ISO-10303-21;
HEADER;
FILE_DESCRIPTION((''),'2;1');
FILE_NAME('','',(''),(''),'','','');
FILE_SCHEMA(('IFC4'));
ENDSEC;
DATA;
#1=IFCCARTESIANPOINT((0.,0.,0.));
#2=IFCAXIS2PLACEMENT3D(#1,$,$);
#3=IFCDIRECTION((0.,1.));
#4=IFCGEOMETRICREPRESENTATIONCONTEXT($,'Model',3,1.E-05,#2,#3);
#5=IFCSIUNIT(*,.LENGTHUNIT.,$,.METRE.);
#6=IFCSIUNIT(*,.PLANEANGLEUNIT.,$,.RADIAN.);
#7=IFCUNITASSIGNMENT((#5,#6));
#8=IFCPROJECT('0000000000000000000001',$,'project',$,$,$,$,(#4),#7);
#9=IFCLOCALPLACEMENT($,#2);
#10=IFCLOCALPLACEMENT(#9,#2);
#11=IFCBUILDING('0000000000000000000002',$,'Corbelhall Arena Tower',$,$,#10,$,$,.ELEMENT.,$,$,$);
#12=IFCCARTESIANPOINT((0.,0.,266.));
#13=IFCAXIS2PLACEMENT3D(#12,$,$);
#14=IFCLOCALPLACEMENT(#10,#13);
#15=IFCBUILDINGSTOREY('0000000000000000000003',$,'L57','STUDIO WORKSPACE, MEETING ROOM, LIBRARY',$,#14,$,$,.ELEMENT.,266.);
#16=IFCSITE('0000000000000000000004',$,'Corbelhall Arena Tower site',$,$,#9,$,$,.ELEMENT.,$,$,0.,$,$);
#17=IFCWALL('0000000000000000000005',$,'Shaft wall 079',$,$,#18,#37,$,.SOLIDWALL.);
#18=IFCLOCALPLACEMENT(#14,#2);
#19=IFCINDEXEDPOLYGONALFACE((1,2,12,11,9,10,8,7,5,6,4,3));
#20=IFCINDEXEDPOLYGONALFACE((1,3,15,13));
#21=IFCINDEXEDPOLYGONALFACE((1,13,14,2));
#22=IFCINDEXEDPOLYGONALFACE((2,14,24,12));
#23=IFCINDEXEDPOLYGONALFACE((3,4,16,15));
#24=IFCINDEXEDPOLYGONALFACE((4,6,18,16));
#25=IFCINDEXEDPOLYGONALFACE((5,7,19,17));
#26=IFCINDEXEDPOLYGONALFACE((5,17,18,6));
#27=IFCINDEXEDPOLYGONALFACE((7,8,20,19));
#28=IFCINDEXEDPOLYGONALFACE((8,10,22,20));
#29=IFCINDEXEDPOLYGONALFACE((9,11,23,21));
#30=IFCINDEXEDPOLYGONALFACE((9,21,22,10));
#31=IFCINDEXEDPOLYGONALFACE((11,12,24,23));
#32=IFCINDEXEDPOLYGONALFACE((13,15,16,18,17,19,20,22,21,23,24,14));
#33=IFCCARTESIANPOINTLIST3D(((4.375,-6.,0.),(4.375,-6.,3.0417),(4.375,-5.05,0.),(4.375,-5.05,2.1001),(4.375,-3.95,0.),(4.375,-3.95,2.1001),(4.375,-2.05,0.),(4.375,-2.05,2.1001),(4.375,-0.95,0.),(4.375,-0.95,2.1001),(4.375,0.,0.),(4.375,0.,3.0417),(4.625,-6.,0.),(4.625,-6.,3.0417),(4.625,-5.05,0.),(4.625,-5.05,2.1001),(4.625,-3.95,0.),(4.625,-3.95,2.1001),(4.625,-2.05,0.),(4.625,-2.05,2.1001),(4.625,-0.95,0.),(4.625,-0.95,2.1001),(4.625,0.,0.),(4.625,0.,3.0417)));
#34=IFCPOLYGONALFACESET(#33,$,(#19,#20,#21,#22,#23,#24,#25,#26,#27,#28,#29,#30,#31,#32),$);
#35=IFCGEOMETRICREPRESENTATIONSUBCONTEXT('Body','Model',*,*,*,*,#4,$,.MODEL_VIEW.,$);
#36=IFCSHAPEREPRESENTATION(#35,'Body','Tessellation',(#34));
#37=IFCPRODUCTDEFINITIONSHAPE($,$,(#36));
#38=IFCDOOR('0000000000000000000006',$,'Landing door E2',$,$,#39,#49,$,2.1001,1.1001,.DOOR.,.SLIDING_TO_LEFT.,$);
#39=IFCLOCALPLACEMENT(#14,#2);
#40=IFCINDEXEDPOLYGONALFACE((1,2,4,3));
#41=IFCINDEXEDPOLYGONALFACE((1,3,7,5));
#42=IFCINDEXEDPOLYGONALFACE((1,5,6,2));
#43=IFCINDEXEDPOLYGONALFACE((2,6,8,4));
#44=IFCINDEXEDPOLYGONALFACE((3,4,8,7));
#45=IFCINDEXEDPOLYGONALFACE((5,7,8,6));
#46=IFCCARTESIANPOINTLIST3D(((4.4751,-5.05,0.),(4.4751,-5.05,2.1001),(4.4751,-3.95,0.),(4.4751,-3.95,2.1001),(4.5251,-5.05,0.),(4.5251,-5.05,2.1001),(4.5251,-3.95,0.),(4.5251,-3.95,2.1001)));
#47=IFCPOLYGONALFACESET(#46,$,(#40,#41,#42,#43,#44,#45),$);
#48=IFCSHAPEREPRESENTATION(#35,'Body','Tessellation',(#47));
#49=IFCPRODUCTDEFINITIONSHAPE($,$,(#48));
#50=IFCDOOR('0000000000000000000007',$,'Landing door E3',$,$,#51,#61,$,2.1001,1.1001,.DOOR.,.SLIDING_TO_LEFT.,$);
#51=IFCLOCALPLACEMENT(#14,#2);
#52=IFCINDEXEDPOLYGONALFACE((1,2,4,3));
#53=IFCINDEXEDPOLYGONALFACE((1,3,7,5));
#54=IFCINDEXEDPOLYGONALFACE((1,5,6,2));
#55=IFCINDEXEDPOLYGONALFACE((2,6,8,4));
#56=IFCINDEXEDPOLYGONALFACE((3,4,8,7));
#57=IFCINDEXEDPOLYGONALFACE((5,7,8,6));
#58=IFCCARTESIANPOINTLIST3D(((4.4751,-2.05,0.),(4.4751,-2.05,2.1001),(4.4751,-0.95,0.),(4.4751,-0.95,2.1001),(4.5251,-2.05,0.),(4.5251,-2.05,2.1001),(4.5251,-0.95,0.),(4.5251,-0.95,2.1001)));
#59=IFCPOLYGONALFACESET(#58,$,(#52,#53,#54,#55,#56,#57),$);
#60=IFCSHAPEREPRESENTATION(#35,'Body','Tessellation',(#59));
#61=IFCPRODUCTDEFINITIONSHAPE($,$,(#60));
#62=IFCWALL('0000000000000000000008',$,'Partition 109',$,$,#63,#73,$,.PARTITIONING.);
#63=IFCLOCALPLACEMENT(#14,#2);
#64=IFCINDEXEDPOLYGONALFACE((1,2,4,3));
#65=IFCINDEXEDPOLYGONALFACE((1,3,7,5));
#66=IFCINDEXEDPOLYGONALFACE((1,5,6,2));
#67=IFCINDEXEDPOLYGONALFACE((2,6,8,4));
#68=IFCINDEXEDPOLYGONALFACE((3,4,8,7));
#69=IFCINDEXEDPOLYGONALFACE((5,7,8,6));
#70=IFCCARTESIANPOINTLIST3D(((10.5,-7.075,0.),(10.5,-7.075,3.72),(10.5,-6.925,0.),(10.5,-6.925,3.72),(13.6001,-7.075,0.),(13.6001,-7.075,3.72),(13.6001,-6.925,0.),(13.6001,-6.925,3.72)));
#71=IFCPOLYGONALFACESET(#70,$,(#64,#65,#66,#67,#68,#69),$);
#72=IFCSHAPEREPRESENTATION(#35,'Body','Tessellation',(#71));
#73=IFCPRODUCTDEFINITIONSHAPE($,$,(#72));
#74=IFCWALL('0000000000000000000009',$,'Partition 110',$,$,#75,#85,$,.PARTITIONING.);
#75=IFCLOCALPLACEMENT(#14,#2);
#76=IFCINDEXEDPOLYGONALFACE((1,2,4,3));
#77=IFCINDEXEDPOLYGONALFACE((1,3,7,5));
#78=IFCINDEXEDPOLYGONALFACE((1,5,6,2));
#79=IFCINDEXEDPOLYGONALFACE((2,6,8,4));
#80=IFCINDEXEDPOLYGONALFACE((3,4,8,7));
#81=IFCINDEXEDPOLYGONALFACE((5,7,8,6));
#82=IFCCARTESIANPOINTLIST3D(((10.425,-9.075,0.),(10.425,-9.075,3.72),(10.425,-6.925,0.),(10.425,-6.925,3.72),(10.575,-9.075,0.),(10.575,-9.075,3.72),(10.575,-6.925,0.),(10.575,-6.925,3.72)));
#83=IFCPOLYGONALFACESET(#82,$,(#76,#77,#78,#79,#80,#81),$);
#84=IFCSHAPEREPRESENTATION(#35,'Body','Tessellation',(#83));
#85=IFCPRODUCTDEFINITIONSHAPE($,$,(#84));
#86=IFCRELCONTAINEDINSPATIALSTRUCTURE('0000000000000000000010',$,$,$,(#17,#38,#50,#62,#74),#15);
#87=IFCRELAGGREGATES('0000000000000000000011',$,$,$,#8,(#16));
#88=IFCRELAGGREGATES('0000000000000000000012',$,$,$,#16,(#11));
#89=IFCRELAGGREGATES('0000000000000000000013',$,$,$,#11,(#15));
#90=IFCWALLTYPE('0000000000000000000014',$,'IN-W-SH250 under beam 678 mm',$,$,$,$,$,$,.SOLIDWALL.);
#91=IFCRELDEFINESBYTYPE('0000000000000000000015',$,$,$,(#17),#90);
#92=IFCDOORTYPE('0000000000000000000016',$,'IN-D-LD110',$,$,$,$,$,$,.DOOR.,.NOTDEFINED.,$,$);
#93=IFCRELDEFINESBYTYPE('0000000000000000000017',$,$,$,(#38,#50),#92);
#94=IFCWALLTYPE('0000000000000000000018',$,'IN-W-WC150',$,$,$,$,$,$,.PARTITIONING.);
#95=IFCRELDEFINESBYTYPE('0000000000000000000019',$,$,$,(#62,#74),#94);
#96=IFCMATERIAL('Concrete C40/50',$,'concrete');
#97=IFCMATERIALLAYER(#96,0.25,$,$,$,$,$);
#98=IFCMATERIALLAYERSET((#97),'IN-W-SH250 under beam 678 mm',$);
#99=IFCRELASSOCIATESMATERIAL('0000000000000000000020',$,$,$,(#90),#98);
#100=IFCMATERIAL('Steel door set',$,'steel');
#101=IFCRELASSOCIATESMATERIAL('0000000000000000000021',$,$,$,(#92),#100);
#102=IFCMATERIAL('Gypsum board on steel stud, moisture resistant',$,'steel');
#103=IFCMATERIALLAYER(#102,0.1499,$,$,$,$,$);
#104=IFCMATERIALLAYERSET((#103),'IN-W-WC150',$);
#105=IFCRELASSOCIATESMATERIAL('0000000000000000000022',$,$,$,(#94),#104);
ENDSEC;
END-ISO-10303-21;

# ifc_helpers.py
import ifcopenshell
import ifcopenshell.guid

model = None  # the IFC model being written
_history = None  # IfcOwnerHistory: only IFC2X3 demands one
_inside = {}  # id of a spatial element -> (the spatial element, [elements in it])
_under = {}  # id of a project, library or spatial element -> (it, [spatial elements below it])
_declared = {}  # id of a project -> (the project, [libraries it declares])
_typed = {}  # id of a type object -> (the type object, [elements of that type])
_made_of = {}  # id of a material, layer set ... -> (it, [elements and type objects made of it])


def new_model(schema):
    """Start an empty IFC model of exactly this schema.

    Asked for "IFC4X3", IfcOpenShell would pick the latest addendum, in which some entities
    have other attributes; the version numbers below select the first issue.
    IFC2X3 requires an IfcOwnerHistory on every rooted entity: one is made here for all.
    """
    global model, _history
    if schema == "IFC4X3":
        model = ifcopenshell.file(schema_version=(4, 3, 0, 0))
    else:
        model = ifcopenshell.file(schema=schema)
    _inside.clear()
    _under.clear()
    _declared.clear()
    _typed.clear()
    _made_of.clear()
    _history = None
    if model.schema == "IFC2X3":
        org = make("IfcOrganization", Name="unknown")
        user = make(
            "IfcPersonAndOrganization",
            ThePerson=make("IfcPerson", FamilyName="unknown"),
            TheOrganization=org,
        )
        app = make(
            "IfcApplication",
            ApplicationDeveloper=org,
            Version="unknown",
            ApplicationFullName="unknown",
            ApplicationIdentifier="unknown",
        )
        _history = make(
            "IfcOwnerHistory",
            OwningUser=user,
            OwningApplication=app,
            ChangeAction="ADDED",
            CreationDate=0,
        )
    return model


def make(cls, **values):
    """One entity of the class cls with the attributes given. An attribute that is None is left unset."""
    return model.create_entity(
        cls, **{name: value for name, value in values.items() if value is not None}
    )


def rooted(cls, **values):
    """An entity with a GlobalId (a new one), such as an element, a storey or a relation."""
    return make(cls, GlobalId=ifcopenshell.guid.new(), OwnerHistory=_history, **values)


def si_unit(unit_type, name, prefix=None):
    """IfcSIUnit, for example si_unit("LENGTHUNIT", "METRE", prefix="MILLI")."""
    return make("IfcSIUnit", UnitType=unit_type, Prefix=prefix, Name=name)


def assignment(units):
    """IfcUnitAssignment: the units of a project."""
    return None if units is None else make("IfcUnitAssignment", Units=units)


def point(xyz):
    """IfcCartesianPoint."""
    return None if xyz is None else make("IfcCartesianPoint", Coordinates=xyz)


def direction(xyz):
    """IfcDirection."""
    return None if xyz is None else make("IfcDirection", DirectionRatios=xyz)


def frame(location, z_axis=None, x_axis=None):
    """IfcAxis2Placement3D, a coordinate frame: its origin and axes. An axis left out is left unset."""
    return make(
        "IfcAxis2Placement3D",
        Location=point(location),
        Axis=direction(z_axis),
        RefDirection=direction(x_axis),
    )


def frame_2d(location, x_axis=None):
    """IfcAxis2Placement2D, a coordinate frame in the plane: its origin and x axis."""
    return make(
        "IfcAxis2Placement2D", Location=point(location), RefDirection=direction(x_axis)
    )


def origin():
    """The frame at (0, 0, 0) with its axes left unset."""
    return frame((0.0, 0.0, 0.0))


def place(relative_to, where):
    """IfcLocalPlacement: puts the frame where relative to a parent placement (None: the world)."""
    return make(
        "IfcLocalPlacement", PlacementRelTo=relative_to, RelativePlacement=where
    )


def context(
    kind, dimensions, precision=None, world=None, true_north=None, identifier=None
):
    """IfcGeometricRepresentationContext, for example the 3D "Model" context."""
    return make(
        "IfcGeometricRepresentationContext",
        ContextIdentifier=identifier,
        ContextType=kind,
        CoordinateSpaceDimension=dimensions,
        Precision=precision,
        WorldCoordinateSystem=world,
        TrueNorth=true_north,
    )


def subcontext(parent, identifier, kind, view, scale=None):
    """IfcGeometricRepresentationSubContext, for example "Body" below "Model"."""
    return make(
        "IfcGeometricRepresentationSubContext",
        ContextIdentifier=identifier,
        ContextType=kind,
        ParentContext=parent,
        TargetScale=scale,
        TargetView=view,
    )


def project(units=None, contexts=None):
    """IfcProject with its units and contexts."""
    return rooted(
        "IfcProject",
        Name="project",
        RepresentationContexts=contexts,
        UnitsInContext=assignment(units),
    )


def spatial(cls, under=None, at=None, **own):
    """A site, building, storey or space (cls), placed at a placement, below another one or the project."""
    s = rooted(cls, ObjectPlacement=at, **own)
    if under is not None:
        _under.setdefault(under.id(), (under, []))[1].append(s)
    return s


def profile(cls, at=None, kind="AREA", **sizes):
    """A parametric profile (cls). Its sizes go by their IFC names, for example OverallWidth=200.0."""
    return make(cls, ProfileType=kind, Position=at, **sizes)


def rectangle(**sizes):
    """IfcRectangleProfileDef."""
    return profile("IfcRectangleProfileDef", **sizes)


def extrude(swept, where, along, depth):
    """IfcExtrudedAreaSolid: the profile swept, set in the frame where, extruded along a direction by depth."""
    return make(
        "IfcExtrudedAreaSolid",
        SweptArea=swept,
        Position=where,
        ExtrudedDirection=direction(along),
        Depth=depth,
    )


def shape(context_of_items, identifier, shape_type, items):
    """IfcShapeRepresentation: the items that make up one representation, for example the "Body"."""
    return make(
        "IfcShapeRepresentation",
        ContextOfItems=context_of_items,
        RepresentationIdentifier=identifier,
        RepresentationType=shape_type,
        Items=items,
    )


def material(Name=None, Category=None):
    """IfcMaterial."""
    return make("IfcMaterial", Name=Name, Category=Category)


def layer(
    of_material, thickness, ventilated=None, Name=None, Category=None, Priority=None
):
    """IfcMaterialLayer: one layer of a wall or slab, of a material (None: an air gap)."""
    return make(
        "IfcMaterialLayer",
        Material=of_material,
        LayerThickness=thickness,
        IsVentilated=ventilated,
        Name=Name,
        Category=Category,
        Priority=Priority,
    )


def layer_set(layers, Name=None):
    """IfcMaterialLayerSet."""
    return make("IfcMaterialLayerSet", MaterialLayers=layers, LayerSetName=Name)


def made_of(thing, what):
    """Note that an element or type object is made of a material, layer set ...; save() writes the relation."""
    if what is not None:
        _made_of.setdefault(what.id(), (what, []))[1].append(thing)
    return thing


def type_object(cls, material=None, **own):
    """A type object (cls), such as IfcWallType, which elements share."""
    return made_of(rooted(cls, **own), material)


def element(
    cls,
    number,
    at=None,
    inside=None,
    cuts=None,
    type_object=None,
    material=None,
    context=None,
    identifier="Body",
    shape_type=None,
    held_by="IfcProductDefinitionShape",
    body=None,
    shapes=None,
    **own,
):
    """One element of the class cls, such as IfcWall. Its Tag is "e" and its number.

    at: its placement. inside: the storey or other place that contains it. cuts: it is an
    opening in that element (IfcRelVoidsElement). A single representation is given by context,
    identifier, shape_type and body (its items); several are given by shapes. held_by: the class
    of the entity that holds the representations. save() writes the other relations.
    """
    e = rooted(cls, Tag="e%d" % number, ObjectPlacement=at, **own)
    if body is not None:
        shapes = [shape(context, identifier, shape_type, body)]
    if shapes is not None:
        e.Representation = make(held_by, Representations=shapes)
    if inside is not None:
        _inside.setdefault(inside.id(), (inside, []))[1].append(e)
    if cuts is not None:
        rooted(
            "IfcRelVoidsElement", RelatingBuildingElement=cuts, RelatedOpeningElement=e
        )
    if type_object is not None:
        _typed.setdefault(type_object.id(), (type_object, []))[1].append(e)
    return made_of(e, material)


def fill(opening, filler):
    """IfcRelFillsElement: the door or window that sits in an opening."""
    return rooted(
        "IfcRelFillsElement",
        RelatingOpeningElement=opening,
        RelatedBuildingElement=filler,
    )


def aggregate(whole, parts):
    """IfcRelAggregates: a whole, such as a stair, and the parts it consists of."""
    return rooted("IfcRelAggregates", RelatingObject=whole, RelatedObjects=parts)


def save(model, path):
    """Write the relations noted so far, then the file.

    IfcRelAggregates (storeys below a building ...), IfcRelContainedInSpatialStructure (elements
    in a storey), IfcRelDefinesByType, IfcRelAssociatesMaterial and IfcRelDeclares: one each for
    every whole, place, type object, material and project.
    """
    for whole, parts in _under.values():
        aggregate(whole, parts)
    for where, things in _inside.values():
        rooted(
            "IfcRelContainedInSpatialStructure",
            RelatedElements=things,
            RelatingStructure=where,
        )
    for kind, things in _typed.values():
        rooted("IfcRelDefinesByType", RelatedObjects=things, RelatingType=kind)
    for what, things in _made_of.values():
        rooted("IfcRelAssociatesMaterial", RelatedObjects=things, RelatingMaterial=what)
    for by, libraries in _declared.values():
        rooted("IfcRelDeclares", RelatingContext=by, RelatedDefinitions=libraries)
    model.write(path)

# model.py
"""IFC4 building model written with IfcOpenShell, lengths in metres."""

from ifc_helpers import new_model, si_unit, direction, frame, frame_2d, origin, place, context, subcontext, project, spatial, rectangle, extrude, material, layer, layer_set, type_object, element, fill, save


model = new_model("IFC4")

# Units and contexts
model_context = context("Model", 3, precision=1e-05, world=origin(), true_north=direction((0.0, 1.0)))
body_context = subcontext(model_context, "Body", "Model", "MODEL_VIEW")
ifc_project = project(units=[si_unit("LENGTHUNIT", "METRE"), si_unit("PLANEANGLEUNIT", "RADIAN")], contexts=[model_context])

# Site, building, storey
site_placement = place(None, origin())
site = spatial("IfcSite", under=ifc_project, at=site_placement, Name="Corbelhall Arena Tower site", CompositionType="ELEMENT", RefElevation=0.0)
building_placement = place(site_placement, origin())
building = spatial("IfcBuilding", under=site, at=building_placement, Name="Corbelhall Arena Tower", CompositionType="ELEMENT")
storey_placement = place(building_placement, frame((0.0, 0.0, 266.0)))
storey = spatial("IfcBuildingStorey", under=building, at=storey_placement, Name="L57", Description="STUDIO WORKSPACE, MEETING ROOM, LIBRARY", CompositionType="ELEMENT", Elevation=266.0)

# Shared definitions
ifc_material_1 = material(Name="Concrete C40/50", Category="concrete")

# Shared definitions
ifc_material_2 = material(Name="Steel door set", Category="steel")

# Wall, openings, doors
ifc_layer_1 = layer(ifc_material_1, 0.25)
ifc_layer_set_1 = layer_set([ifc_layer_1], Name="IN-W-SH250 under beam 678 mm")
wall_type_1 = type_object("IfcWallType", Name="IN-W-SH250 under beam 678 mm", PredefinedType="SOLIDWALL", material=ifc_layer_set_1)
wall_1_placement = place(storey_placement, frame((4.5, -6.0, 0.0), z_axis=(0.0, 0.0, 1.0), x_axis=(0.0, 1.0, 0.0)))
wall_1 = element("IfcWall", 1, at=wall_1_placement, inside=storey, type_object=wall_type_1, Name="Shaft wall 079", PredefinedType="SOLIDWALL", context=body_context, shape_type="SweptSolid", body=[
    extrude(rectangle(XDim=6.0, YDim=0.25, at=frame_2d((3.0, 0.0))), origin(), (0.0, 0.0, 1.0), 3.0417),
])
opening_1_placement = place(wall_1_placement, frame((0.95, 0.0, 0.0)))
opening_1 = element("IfcOpeningElement", 2, at=opening_1_placement, cuts=wall_1, PredefinedType="OPENING", context=body_context, shape_type="SweptSolid", body=[
    extrude(rectangle(XDim=1.1001, YDim=2.1001, at=frame_2d((0.55, 1.05))), frame((0.0, 0.125, 0.0), z_axis=(0.0, -1.0, 0.0), x_axis=(1.0, 0.0, 0.0)), (0.0, 0.0, 1.0), 0.25),
])
opening_2_placement = place(wall_1_placement, frame((3.95, 0.0, 0.0)))
opening_2 = element("IfcOpeningElement", 3, at=opening_2_placement, cuts=wall_1, PredefinedType="OPENING", context=body_context, shape_type="SweptSolid", body=[
    extrude(rectangle(XDim=1.1001, YDim=2.1001, at=frame_2d((0.55, 1.05))), frame((0.0, 0.125, 0.0), z_axis=(0.0, -1.0, 0.0), x_axis=(1.0, 0.0, 0.0)), (0.0, 0.0, 1.0), 0.25),
])
door_type_1 = type_object("IfcDoorType", Name="IN-D-LD110", OperationType="NOTDEFINED", PredefinedType="DOOR", material=ifc_material_2)
door_1_placement = place(opening_1_placement, origin())
door_1 = element("IfcDoor", 4, at=door_1_placement, inside=storey, type_object=door_type_1, Name="Landing door E2", OperationType="SLIDING_TO_LEFT", OverallHeight=2.1001, OverallWidth=1.1001, PredefinedType="DOOR", context=body_context, shape_type="SweptSolid", body=[
    extrude(rectangle(XDim=1.1001, YDim=2.1001, at=frame_2d((0.55, 1.05))), frame((0.0, 0.0249, 0.0), z_axis=(0.0, -1.0, 0.0), x_axis=(1.0, 0.0, 0.0)), (0.0, 0.0, 1.0), 0.05),
])
fill(opening_1, door_1)
door_2_placement = place(opening_2_placement, origin())
door_2 = element("IfcDoor", 5, at=door_2_placement, inside=storey, type_object=door_type_1, Name="Landing door E3", OperationType="SLIDING_TO_LEFT", OverallHeight=2.1001, OverallWidth=1.1001, PredefinedType="DOOR", context=body_context, shape_type="SweptSolid", body=[
    extrude(rectangle(XDim=1.1001, YDim=2.1001, at=frame_2d((0.55, 1.05))), frame((0.0, 0.0249, 0.0), z_axis=(0.0, -1.0, 0.0), x_axis=(1.0, 0.0, 0.0)), (0.0, 0.0, 1.0), 0.05),
])
fill(opening_2, door_2)

# Walls
ifc_material_3 = material(Name="Gypsum board on steel stud, moisture resistant", Category="steel")
ifc_layer_2 = layer(ifc_material_3, 0.1499)
ifc_layer_set_2 = layer_set([ifc_layer_2], Name="IN-W-WC150")
wall_type_2 = type_object("IfcWallType", Name="IN-W-WC150", PredefinedType="PARTITIONING", material=ifc_layer_set_2)
wall_2_placement = place(storey_placement, frame((10.5, -7.0, 0.0), z_axis=(0.0, 0.0, 1.0), x_axis=(1.0, 0.0, 0.0)))
element("IfcWall", 6, at=wall_2_placement, inside=storey, type_object=wall_type_2, Name="Partition 109", PredefinedType="PARTITIONING", context=body_context, shape_type="SweptSolid", body=[
    extrude(rectangle(XDim=3.1001, YDim=0.1499, at=frame_2d((1.55, 0.0))), origin(), (0.0, 0.0, 1.0), 3.72),
])
wall_3_placement = place(storey_placement, frame((10.5, -6.925, 0.0), z_axis=(0.0, 0.0, 1.0), x_axis=(0.0, -1.0, 0.0)))
element("IfcWall", 7, at=wall_3_placement, inside=storey, type_object=wall_type_2, Name="Partition 110", PredefinedType="PARTITIONING", context=body_context, shape_type="SweptSolid", body=[
    extrude(rectangle(XDim=2.1499, YDim=0.1499, at=frame_2d((1.075, 0.0))), origin(), (0.0, 0.0, 1.0), 3.72),
])

save(model, "model.ifc")
